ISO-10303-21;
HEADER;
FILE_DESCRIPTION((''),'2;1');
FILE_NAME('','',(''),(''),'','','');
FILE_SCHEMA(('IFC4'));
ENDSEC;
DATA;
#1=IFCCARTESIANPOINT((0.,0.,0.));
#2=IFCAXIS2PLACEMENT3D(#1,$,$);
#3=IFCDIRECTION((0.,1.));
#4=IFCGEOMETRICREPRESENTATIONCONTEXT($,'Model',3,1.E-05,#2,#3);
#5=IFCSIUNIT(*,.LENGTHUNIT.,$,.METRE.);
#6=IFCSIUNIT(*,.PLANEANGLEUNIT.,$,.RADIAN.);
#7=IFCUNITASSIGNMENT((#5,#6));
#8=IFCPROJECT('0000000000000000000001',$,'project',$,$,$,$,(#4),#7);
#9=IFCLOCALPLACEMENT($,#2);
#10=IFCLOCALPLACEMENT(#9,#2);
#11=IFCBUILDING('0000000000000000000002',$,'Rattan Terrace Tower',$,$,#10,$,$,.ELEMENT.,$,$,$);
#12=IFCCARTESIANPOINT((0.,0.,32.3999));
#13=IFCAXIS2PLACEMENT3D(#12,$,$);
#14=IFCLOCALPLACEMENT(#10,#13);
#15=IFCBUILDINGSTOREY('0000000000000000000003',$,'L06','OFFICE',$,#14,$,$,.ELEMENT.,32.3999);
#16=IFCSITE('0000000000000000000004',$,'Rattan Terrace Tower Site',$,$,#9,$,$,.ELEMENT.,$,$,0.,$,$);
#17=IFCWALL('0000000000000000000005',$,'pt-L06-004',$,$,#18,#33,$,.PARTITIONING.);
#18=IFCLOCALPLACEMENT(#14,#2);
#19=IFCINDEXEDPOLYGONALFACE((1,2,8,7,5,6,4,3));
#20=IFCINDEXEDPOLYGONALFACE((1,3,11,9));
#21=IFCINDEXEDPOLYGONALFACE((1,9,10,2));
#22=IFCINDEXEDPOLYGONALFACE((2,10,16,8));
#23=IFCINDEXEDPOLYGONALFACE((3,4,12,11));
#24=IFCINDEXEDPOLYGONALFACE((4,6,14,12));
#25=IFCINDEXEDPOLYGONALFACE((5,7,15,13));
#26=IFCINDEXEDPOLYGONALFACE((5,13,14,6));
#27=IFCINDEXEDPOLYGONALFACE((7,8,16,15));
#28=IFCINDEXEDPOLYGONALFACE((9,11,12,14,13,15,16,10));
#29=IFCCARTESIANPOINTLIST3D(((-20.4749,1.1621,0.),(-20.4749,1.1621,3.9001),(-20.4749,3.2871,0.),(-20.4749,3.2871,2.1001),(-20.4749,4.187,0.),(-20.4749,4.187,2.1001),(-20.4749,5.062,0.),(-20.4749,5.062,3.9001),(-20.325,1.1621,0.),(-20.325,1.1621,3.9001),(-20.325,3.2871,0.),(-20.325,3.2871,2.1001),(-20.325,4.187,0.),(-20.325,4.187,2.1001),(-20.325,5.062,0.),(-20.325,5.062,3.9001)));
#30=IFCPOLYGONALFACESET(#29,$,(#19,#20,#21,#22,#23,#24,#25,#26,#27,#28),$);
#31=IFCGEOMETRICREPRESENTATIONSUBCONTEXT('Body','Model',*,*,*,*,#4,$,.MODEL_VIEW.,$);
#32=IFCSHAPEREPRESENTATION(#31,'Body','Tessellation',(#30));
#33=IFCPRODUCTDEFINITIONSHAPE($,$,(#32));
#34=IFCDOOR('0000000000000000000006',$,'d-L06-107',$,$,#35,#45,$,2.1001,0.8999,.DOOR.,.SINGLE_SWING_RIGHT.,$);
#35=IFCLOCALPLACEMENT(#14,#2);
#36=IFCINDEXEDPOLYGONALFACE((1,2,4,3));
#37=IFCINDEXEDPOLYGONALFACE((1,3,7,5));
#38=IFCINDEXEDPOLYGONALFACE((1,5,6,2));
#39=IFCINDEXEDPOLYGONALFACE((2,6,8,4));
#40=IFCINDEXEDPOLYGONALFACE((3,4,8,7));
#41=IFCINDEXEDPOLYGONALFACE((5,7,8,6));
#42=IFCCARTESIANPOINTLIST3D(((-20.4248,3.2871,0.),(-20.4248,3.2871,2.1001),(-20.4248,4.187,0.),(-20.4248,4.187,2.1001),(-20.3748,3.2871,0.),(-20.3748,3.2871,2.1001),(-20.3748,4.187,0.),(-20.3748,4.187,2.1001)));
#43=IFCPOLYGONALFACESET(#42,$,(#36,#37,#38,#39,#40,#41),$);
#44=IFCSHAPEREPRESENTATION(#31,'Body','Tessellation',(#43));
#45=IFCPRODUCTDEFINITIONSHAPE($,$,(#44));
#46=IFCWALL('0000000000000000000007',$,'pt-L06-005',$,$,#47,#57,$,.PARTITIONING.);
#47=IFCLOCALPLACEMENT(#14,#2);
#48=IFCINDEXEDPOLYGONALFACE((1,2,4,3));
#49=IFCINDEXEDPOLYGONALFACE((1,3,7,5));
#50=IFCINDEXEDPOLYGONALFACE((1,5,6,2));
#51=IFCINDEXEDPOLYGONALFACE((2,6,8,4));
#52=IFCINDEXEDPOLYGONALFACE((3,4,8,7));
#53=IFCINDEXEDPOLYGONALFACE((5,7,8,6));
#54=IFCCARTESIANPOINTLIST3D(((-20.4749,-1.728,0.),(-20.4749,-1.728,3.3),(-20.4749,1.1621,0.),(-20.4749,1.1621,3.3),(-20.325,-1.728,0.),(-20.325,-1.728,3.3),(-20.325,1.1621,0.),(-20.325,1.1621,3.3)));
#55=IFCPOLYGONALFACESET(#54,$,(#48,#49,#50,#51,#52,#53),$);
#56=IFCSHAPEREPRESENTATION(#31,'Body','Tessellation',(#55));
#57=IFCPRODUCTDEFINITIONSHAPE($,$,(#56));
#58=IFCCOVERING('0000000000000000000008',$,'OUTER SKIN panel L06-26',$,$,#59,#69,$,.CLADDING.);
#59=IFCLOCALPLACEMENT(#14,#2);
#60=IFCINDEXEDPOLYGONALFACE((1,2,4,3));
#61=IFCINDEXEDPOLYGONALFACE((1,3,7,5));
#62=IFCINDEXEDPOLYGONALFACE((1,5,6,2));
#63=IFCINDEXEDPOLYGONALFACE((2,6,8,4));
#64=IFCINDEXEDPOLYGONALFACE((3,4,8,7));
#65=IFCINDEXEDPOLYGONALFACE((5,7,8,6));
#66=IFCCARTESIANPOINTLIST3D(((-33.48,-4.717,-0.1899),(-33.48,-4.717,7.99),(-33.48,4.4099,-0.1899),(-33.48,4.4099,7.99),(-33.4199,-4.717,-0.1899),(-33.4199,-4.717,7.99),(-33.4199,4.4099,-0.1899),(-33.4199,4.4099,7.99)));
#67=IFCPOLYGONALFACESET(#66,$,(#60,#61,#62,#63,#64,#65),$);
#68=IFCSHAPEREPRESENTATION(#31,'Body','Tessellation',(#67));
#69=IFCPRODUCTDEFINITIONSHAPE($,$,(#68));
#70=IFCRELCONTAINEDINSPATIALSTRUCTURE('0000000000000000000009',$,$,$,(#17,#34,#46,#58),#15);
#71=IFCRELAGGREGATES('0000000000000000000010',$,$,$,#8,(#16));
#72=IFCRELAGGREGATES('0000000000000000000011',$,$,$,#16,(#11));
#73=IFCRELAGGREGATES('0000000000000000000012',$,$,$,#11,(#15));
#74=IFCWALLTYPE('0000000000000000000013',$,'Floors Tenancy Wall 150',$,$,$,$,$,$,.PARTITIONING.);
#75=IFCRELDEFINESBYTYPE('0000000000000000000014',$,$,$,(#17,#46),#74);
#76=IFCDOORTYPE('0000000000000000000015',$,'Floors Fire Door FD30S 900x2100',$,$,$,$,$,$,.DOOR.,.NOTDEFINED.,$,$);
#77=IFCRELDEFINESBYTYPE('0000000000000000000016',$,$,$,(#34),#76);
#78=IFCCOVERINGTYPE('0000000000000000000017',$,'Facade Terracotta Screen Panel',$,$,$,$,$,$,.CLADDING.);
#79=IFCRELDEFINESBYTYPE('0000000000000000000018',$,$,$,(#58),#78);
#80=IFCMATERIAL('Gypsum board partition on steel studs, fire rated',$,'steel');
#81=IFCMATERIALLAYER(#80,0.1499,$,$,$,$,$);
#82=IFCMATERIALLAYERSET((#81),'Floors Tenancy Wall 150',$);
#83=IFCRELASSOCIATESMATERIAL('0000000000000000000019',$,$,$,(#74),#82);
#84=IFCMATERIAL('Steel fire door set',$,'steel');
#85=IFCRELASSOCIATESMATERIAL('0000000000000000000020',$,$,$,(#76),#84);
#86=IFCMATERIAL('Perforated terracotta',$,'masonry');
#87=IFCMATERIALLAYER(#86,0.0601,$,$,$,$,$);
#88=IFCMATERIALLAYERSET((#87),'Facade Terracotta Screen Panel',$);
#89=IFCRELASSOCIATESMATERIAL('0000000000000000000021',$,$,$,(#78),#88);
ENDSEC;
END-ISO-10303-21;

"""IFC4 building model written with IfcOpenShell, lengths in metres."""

from ifc_helpers import new_model, si_unit, direction, frame, frame_2d, origin, origin_2d, place, context, subcontext, project, spatial, rectangle, extrude, material, layer, layer_set, type_object, element, fill, save


model = new_model("IFC4")

# Units and contexts
model_context = context("Model", 3, precision=1e-05, world=origin(), true_north=direction((0.0, 1.0)))
body_context = subcontext(model_context, "Body", "Model", "MODEL_VIEW")
ifc_project = project(units=[si_unit("LENGTHUNIT", "METRE"), si_unit("PLANEANGLEUNIT", "RADIAN")], contexts=[model_context])

# Site, building, storey
site_placement = place(None, origin())
site = spatial("IfcSite", under=ifc_project, at=site_placement, Name="Rattan Terrace Tower Site", CompositionType="ELEMENT", RefElevation=0.0)
building_placement = place(site_placement, origin())
building = spatial("IfcBuilding", under=site, at=building_placement, Name="Rattan Terrace Tower", CompositionType="ELEMENT")
storey_placement = place(building_placement, frame((0.0, 0.0, 32.3999)))
storey = spatial("IfcBuildingStorey", under=building, at=storey_placement, Name="L06", Description="OFFICE", CompositionType="ELEMENT", Elevation=32.3999)

# Wall, opening, door
ifc_material_1 = material(Name="Gypsum board partition on steel studs, fire rated", Category="steel")
ifc_layer_1 = layer(ifc_material_1, 0.1499)
ifc_layer_set_1 = layer_set([ifc_layer_1], Name="Floors Tenancy Wall 150")
wall_type_1 = type_object("IfcWallType", Name="Floors Tenancy Wall 150", PredefinedType="PARTITIONING", material=ifc_layer_set_1)
wall_1_placement = place(storey_placement, frame((-20.3999, 1.1621, 0.0), z_axis=(0.0, 0.0, 1.0), x_axis=(0.0, 1.0, 0.0)))
wall_1 = element("IfcWall", 1, at=wall_1_placement, inside=storey, type_object=wall_type_1, Name="pt-L06-004", PredefinedType="PARTITIONING", context=body_context, shape_type="SweptSolid", body=[
    extrude(rectangle(XDim=3.8999, YDim=0.1499, at=frame_2d((1.95, 0.0))), origin(), (0.0, 0.0, 1.0), 3.9001),
])
opening_1_placement = place(wall_1_placement, frame((2.125, 0.0, 0.0)))
opening_1 = element("IfcOpeningElement", 2, at=opening_1_placement, cuts=wall_1, PredefinedType="OPENING", context=body_context, shape_type="SweptSolid", body=[
    extrude(rectangle(XDim=0.8999, YDim=2.1001, at=frame_2d((0.45, 1.05))), frame((0.0, 0.0854, 0.0), z_axis=(0.0, -1.0, 0.0), x_axis=(1.0, 0.0, 0.0)), (0.0, 0.0, 1.0), 0.1709),
])
ifc_material_2 = material(Name="Steel fire door set", Category="steel")
door_type_1 = type_object("IfcDoorType", Name="Floors Fire Door FD30S 900x2100", OperationType="NOTDEFINED", PredefinedType="DOOR", material=ifc_material_2)
door_1_placement = place(opening_1_placement, origin())
door_1 = element("IfcDoor", 3, at=door_1_placement, inside=storey, type_object=door_type_1, Name="d-L06-107", OperationType="SINGLE_SWING_RIGHT", OverallHeight=2.1001, OverallWidth=0.8999, PredefinedType="DOOR", context=body_context, shape_type="SweptSolid", body=[
    extrude(rectangle(XDim=0.8999, YDim=2.1001, at=frame_2d((0.45, 1.05))), frame((0.0, 0.0249, 0.0), z_axis=(0.0, -1.0, 0.0), x_axis=(1.0, 0.0, 0.0)), (0.0, 0.0, 1.0), 0.05),
])
fill(opening_1, door_1)

# Wall
wall_2_placement = place(storey_placement, frame((-20.3999, -1.728, 0.0), z_axis=(0.0, 0.0, 1.0), x_axis=(0.0, 1.0, 0.0)))
element("IfcWall", 4, at=wall_2_placement, inside=storey, type_object=wall_type_1, Name="pt-L06-005", PredefinedType="PARTITIONING", context=body_context, shape_type="SweptSolid", body=[
    extrude(rectangle(XDim=2.8901, YDim=0.1499, at=frame_2d((1.4451, 0.0))), origin(), (0.0, 0.0, 1.0), 3.3),
])

# Covering
ifc_material_3 = material(Name="Perforated terracotta", Category="masonry")
ifc_layer_2 = layer(ifc_material_3, 0.0601)
ifc_layer_set_2 = layer_set([ifc_layer_2], Name="Facade Terracotta Screen Panel")
covering_type = type_object("IfcCoveringType", Name="Facade Terracotta Screen Panel", PredefinedType="CLADDING", material=ifc_layer_set_2)
covering_placement = place(storey_placement, frame((-33.45, -0.1536, -0.1899), z_axis=(0.0, 0.0, 1.0), x_axis=(0.0, -1.0, 0.0)))
element("IfcCovering", 5, at=covering_placement, inside=storey, type_object=covering_type, Name="OUTER SKIN panel L06-26", PredefinedType="CLADDING", context=body_context, shape_type="SweptSolid", body=[
    extrude(rectangle(XDim=9.127, YDim=0.0601, at=origin_2d()), origin(), (0.0, 0.0, 1.0), 8.1799),
])

save(model, "model.ifc")
